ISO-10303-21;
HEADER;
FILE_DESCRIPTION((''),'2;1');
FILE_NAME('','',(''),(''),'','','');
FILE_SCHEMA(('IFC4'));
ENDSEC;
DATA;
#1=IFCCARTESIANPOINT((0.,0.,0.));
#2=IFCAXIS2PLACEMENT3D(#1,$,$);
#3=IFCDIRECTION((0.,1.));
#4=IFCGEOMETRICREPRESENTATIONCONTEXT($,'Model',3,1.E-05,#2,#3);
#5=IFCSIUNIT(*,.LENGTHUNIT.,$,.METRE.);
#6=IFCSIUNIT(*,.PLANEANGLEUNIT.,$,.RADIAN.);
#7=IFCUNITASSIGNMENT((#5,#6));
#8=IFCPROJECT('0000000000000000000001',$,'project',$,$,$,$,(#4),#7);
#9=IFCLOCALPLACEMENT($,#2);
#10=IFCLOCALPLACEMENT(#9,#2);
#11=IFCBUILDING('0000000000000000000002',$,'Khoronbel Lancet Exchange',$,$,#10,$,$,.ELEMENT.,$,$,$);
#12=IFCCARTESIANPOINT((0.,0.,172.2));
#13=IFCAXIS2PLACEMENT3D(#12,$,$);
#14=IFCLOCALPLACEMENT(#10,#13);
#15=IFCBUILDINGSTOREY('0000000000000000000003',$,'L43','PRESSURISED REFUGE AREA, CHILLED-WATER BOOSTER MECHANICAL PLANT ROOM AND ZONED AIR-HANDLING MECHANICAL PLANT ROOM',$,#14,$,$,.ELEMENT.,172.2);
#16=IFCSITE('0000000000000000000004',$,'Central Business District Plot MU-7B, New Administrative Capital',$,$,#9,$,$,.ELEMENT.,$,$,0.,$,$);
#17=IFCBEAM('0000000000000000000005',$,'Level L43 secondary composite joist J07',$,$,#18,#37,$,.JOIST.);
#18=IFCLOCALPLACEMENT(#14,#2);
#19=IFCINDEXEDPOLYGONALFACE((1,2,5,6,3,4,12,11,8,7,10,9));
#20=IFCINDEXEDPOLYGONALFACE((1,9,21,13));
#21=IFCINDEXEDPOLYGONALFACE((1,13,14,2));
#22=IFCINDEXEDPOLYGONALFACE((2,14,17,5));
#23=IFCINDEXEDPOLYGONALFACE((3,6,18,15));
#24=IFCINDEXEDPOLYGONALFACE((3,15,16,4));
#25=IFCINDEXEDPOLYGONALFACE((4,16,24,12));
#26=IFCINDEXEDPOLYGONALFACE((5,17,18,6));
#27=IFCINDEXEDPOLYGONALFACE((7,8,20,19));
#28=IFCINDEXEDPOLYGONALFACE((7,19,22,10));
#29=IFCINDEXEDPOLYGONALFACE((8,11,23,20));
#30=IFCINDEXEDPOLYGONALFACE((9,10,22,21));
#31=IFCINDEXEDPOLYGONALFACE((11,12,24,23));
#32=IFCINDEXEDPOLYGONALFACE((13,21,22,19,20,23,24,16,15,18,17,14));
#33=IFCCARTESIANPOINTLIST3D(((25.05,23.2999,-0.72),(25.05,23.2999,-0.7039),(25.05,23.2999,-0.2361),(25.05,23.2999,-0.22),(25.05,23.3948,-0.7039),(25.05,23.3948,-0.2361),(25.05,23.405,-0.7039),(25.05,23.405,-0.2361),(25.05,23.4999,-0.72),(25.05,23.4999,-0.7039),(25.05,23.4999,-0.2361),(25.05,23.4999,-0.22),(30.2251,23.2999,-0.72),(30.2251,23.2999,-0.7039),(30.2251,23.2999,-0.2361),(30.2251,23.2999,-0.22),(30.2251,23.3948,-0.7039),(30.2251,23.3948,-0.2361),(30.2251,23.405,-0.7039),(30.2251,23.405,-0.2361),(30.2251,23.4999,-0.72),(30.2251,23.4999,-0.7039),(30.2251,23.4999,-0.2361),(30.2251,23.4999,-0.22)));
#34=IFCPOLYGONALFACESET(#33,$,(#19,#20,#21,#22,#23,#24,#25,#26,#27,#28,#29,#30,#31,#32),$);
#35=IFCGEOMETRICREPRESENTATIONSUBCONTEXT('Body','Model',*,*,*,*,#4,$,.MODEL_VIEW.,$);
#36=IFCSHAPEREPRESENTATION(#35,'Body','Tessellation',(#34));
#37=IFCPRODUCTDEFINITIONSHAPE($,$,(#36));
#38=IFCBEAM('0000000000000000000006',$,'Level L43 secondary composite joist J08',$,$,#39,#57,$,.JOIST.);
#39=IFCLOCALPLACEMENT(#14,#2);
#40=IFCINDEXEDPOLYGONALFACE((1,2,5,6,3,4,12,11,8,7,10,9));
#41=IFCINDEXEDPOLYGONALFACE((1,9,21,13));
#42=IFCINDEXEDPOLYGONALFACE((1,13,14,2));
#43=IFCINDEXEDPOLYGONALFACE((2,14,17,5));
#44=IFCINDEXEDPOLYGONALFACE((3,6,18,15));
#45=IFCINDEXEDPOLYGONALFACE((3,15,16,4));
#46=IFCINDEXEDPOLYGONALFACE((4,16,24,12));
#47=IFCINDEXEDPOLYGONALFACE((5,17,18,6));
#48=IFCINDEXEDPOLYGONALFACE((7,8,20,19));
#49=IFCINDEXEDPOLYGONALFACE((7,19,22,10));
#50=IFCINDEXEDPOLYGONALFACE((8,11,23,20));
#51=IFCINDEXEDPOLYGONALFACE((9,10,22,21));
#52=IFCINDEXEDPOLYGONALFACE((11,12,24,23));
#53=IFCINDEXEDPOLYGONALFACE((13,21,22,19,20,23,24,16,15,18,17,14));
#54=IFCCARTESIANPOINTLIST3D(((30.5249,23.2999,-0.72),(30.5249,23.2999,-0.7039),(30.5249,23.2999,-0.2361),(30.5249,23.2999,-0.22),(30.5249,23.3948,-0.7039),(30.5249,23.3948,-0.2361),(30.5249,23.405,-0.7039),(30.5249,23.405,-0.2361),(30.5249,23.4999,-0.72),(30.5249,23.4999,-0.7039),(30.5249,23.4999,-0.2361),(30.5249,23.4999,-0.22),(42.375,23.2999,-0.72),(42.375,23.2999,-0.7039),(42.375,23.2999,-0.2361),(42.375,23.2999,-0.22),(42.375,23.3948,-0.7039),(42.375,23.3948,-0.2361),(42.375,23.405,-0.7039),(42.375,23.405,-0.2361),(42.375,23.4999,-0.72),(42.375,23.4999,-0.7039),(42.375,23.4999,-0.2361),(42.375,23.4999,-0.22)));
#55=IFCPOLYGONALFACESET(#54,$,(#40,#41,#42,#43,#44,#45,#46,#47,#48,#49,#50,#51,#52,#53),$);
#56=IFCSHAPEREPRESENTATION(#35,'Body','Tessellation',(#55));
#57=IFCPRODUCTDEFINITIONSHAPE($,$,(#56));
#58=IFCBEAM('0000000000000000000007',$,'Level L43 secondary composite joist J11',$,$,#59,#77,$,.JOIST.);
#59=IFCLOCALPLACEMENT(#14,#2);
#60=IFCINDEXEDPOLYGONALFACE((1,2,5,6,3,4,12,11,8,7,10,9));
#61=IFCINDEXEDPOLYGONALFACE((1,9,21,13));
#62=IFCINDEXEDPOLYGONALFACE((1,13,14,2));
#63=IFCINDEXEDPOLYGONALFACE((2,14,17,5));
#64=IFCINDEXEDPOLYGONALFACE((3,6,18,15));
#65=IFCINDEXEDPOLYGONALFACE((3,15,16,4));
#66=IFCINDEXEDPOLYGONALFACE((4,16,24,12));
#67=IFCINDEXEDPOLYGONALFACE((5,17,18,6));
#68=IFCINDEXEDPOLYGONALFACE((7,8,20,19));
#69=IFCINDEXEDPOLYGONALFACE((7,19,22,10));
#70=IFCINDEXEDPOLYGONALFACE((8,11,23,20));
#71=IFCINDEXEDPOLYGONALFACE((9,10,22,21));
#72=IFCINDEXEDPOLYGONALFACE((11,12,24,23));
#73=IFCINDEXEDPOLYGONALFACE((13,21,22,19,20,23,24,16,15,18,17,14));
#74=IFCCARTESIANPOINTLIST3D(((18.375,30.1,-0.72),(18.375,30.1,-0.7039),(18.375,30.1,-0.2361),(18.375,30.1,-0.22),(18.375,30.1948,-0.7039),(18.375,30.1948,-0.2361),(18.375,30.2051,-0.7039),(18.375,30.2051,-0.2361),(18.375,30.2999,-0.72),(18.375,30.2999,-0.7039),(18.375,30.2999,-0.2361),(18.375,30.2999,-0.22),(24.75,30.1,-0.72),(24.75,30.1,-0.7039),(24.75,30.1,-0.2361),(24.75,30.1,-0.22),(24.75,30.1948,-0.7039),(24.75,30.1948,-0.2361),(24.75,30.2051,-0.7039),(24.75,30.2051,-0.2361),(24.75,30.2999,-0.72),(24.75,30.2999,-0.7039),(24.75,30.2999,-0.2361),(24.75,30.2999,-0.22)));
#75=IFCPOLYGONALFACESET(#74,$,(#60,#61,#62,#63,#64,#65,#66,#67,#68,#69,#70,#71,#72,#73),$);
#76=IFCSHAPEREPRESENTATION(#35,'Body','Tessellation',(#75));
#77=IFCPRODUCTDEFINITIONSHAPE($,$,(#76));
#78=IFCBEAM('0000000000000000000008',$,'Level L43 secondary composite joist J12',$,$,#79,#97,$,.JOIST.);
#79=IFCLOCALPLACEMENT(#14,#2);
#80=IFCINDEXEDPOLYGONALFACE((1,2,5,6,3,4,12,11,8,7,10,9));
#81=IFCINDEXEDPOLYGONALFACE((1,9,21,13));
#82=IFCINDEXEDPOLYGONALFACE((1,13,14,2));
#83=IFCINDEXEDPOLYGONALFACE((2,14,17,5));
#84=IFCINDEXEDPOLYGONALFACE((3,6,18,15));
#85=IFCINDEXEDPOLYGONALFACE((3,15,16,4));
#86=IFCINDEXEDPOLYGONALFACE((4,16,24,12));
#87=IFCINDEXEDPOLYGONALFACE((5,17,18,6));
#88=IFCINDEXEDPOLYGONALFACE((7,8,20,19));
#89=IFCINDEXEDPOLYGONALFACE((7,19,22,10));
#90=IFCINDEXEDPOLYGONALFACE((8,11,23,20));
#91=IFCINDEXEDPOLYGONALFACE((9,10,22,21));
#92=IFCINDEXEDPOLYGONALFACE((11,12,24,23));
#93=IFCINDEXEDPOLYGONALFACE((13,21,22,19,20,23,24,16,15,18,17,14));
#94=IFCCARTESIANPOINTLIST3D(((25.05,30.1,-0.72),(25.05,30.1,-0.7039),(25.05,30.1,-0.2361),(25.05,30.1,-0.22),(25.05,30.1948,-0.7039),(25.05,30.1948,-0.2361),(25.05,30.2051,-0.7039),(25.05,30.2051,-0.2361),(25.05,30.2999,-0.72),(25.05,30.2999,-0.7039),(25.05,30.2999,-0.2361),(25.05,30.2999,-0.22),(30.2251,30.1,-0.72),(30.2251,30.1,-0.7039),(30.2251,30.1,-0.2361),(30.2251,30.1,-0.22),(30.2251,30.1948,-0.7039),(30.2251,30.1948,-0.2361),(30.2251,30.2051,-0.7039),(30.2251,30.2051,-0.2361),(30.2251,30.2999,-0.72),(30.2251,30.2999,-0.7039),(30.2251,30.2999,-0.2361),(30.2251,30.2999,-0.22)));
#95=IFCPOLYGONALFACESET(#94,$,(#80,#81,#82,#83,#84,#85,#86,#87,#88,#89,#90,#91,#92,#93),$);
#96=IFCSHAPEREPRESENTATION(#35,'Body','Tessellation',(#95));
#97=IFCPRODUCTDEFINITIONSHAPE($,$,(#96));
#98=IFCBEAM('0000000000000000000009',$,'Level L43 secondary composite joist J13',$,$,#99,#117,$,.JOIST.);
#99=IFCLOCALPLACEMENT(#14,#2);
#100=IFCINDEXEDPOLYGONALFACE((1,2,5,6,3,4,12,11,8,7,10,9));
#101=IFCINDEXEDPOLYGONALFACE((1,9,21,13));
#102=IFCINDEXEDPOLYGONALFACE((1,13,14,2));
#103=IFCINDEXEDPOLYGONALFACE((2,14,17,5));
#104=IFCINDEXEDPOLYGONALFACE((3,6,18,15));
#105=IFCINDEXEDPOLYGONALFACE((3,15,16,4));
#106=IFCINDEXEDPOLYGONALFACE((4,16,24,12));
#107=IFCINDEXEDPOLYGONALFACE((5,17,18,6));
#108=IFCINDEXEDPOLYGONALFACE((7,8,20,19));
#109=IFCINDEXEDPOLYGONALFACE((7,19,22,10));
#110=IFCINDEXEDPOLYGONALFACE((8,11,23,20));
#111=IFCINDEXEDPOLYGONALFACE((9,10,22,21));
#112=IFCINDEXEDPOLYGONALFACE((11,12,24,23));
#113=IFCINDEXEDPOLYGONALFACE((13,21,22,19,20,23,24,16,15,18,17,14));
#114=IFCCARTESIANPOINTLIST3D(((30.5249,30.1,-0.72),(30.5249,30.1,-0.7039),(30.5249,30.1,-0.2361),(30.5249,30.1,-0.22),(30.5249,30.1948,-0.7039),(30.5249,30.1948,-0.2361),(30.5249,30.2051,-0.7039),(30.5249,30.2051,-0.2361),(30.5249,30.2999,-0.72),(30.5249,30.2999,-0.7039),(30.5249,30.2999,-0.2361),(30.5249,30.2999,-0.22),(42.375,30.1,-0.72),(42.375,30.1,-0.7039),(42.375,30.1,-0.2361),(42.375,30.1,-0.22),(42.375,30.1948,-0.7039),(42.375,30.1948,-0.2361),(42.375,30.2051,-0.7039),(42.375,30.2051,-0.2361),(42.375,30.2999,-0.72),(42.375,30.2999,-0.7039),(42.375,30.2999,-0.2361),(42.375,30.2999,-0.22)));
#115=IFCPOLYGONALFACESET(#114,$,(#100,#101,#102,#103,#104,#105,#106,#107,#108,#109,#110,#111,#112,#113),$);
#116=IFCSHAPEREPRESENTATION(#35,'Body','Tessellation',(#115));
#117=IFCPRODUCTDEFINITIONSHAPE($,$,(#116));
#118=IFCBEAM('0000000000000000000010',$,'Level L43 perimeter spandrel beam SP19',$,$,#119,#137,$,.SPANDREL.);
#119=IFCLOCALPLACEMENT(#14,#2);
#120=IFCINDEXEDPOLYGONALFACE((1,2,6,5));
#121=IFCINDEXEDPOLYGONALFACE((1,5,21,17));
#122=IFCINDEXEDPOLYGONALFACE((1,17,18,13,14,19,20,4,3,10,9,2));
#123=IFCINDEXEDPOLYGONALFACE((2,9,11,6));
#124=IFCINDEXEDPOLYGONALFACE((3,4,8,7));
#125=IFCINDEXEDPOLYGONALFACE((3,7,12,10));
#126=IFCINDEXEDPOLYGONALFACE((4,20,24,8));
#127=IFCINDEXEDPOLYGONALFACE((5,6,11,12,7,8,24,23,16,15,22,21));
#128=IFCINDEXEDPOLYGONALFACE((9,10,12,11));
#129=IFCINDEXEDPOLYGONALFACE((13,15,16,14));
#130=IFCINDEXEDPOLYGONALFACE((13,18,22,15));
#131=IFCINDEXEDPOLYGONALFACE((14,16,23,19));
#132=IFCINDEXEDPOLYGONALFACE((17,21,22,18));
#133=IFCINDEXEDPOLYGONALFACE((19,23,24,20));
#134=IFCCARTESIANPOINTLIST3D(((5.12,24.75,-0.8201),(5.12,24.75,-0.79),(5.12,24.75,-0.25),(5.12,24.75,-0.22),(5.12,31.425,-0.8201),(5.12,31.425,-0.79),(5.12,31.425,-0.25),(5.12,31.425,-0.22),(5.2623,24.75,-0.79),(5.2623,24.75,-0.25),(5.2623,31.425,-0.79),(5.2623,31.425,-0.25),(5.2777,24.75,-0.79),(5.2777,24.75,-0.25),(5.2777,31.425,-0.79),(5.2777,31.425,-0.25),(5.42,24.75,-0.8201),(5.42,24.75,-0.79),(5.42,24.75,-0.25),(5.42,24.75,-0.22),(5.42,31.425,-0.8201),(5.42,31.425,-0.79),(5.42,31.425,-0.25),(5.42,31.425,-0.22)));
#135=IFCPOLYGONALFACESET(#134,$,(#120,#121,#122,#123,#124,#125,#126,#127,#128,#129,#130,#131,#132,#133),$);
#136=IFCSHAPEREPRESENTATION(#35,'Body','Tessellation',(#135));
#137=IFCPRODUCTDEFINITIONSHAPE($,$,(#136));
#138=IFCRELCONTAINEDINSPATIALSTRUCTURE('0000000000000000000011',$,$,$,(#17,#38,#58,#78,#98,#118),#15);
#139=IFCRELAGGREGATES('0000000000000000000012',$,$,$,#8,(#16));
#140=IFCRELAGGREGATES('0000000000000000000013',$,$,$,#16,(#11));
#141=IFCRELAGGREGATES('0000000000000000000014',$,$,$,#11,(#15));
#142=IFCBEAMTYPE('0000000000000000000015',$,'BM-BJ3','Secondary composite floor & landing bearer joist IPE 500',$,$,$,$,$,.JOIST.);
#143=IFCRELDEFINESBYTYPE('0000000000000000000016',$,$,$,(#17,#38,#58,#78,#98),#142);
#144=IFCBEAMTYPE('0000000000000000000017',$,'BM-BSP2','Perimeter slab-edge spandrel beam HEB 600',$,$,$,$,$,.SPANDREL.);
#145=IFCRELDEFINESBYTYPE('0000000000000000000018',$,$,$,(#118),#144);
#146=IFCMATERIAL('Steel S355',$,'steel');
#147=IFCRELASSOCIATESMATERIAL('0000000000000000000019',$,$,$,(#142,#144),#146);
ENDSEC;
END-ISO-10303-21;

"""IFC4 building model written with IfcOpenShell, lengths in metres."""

from ifc_helpers import new_model, si_unit, direction, frame, origin, origin_2d, place, context, subcontext, project, spatial, i_section, extrude, material, material_profile, profile_set, type_object, element, save


model = new_model("IFC4")

# Units and contexts
model_context = context("Model", 3, precision=1e-05, world=origin(), true_north=direction((0.0, 1.0)))
body_context = subcontext(model_context, "Body", "Model", "MODEL_VIEW")
ifc_project = project(units=[si_unit("LENGTHUNIT", "METRE"), si_unit("PLANEANGLEUNIT", "RADIAN")], contexts=[model_context])

# Site, building, storey
site_placement = place(None, origin())
site = spatial("IfcSite", under=ifc_project, at=site_placement, Name="Central Business District Plot MU-7B, New Administrative Capital", CompositionType="ELEMENT", RefElevation=0.0)
building_placement = place(site_placement, origin())
building = spatial("IfcBuilding", under=site, at=building_placement, Name="Khoronbel Lancet Exchange", CompositionType="ELEMENT")
storey_placement = place(building_placement, frame((0.0, 0.0, 172.2)))
storey = spatial("IfcBuildingStorey", under=building, at=storey_placement, Name="L43", Description="PRESSURISED REFUGE AREA, CHILLED-WATER BOOSTER MECHANICAL PLANT ROOM AND ZONED AIR-HANDLING MECHANICAL PLANT ROOM", CompositionType="ELEMENT", Elevation=172.2)

# Shared definitions
ifc_material_1 = material(Name="Steel S355", Category="steel")

# Beams
ifc_material_profile_1 = material_profile(ifc_material_1, i_section(OverallWidth=0.2, OverallDepth=0.5, WebThickness=0.0103, FlangeThickness=0.0161, at=origin_2d()), Name="IPE 500")
ifc_profile_set_1 = profile_set([ifc_material_profile_1], Name="Steel S355")
beam_type_1 = type_object("IfcBeamType", Name="BM-BJ3", Description="Secondary composite floor & landing bearer joist IPE 500", PredefinedType="JOIST", material=ifc_profile_set_1)
beam_1_placement = place(storey_placement, frame((25.05, 23.3999, -0.47), z_axis=(1.0, 0.0, 0.0), x_axis=(0.0, 1.0, 0.0)))
element("IfcBeam", 1, at=beam_1_placement, inside=storey, type_object=beam_type_1, Name="Level L43 secondary composite joist J07", PredefinedType="JOIST", context=body_context, shape_type="SweptSolid", body=[
    extrude(i_section(OverallWidth=0.2, OverallDepth=0.5, WebThickness=0.0103, FlangeThickness=0.0161, at=origin_2d()), origin(), (0.0, 0.0, 1.0), 5.175),
])
beam_2_placement = place(storey_placement, frame((30.5249, 23.3999, -0.47), z_axis=(1.0, 0.0, 0.0), x_axis=(0.0, 1.0, 0.0)))
element("IfcBeam", 2, at=beam_2_placement, inside=storey, type_object=beam_type_1, Name="Level L43 secondary composite joist J08", PredefinedType="JOIST", context=body_context, shape_type="SweptSolid", body=[
    extrude(i_section(OverallWidth=0.2, OverallDepth=0.5, WebThickness=0.0103, FlangeThickness=0.0161, at=origin_2d()), origin(), (0.0, 0.0, 1.0), 11.8501),
])
beam_3_placement = place(storey_placement, frame((18.375, 30.2, -0.47), z_axis=(1.0, 0.0, 0.0), x_axis=(0.0, 1.0, 0.0)))
element("IfcBeam", 3, at=beam_3_placement, inside=storey, type_object=beam_type_1, Name="Level L43 secondary composite joist J11", PredefinedType="JOIST", context=body_context, shape_type="SweptSolid", body=[
    extrude(i_section(OverallWidth=0.2, OverallDepth=0.5, WebThickness=0.0103, FlangeThickness=0.0161, at=origin_2d()), origin(), (0.0, 0.0, 1.0), 6.375),
])
beam_4_placement = place(storey_placement, frame((25.05, 30.2, -0.47), z_axis=(1.0, 0.0, 0.0), x_axis=(0.0, 1.0, 0.0)))
element("IfcBeam", 4, at=beam_4_placement, inside=storey, type_object=beam_type_1, Name="Level L43 secondary composite joist J12", PredefinedType="JOIST", context=body_context, shape_type="SweptSolid", body=[
    extrude(i_section(OverallWidth=0.2, OverallDepth=0.5, WebThickness=0.0103, FlangeThickness=0.0161, at=origin_2d()), origin(), (0.0, 0.0, 1.0), 5.175),
])
beam_5_placement = place(storey_placement, frame((30.5249, 30.2, -0.47), z_axis=(1.0, 0.0, 0.0), x_axis=(0.0, 1.0, 0.0)))
element("IfcBeam", 5, at=beam_5_placement, inside=storey, type_object=beam_type_1, Name="Level L43 secondary composite joist J13", PredefinedType="JOIST", context=body_context, shape_type="SweptSolid", body=[
    extrude(i_section(OverallWidth=0.2, OverallDepth=0.5, WebThickness=0.0103, FlangeThickness=0.0161, at=origin_2d()), origin(), (0.0, 0.0, 1.0), 11.8501),
])
ifc_material_profile_2 = material_profile(ifc_material_1, i_section(OverallWidth=0.3, OverallDepth=0.6001, WebThickness=0.0154, FlangeThickness=0.03, at=origin_2d()), Name="HEB 600")
ifc_profile_set_2 = profile_set([ifc_material_profile_2], Name="Steel S355")
beam_type_2 = type_object("IfcBeamType", Name="BM-BSP2", Description="Perimeter slab-edge spandrel beam HEB 600", PredefinedType="SPANDREL", material=ifc_profile_set_2)
beam_6_placement = place(storey_placement, frame((5.27, 31.425, -0.52), z_axis=(0.0, -1.0, 0.0), x_axis=(1.0, 0.0, 0.0)))
element("IfcBeam", 6, at=beam_6_placement, inside=storey, type_object=beam_type_2, Name="Level L43 perimeter spandrel beam SP19", PredefinedType="SPANDREL", context=body_context, shape_type="SweptSolid", body=[
    extrude(i_section(OverallWidth=0.3, OverallDepth=0.6001, WebThickness=0.0154, FlangeThickness=0.03, at=origin_2d()), origin(), (0.0, 0.0, 1.0), 6.675),
])

save(model, "model.ifc")
